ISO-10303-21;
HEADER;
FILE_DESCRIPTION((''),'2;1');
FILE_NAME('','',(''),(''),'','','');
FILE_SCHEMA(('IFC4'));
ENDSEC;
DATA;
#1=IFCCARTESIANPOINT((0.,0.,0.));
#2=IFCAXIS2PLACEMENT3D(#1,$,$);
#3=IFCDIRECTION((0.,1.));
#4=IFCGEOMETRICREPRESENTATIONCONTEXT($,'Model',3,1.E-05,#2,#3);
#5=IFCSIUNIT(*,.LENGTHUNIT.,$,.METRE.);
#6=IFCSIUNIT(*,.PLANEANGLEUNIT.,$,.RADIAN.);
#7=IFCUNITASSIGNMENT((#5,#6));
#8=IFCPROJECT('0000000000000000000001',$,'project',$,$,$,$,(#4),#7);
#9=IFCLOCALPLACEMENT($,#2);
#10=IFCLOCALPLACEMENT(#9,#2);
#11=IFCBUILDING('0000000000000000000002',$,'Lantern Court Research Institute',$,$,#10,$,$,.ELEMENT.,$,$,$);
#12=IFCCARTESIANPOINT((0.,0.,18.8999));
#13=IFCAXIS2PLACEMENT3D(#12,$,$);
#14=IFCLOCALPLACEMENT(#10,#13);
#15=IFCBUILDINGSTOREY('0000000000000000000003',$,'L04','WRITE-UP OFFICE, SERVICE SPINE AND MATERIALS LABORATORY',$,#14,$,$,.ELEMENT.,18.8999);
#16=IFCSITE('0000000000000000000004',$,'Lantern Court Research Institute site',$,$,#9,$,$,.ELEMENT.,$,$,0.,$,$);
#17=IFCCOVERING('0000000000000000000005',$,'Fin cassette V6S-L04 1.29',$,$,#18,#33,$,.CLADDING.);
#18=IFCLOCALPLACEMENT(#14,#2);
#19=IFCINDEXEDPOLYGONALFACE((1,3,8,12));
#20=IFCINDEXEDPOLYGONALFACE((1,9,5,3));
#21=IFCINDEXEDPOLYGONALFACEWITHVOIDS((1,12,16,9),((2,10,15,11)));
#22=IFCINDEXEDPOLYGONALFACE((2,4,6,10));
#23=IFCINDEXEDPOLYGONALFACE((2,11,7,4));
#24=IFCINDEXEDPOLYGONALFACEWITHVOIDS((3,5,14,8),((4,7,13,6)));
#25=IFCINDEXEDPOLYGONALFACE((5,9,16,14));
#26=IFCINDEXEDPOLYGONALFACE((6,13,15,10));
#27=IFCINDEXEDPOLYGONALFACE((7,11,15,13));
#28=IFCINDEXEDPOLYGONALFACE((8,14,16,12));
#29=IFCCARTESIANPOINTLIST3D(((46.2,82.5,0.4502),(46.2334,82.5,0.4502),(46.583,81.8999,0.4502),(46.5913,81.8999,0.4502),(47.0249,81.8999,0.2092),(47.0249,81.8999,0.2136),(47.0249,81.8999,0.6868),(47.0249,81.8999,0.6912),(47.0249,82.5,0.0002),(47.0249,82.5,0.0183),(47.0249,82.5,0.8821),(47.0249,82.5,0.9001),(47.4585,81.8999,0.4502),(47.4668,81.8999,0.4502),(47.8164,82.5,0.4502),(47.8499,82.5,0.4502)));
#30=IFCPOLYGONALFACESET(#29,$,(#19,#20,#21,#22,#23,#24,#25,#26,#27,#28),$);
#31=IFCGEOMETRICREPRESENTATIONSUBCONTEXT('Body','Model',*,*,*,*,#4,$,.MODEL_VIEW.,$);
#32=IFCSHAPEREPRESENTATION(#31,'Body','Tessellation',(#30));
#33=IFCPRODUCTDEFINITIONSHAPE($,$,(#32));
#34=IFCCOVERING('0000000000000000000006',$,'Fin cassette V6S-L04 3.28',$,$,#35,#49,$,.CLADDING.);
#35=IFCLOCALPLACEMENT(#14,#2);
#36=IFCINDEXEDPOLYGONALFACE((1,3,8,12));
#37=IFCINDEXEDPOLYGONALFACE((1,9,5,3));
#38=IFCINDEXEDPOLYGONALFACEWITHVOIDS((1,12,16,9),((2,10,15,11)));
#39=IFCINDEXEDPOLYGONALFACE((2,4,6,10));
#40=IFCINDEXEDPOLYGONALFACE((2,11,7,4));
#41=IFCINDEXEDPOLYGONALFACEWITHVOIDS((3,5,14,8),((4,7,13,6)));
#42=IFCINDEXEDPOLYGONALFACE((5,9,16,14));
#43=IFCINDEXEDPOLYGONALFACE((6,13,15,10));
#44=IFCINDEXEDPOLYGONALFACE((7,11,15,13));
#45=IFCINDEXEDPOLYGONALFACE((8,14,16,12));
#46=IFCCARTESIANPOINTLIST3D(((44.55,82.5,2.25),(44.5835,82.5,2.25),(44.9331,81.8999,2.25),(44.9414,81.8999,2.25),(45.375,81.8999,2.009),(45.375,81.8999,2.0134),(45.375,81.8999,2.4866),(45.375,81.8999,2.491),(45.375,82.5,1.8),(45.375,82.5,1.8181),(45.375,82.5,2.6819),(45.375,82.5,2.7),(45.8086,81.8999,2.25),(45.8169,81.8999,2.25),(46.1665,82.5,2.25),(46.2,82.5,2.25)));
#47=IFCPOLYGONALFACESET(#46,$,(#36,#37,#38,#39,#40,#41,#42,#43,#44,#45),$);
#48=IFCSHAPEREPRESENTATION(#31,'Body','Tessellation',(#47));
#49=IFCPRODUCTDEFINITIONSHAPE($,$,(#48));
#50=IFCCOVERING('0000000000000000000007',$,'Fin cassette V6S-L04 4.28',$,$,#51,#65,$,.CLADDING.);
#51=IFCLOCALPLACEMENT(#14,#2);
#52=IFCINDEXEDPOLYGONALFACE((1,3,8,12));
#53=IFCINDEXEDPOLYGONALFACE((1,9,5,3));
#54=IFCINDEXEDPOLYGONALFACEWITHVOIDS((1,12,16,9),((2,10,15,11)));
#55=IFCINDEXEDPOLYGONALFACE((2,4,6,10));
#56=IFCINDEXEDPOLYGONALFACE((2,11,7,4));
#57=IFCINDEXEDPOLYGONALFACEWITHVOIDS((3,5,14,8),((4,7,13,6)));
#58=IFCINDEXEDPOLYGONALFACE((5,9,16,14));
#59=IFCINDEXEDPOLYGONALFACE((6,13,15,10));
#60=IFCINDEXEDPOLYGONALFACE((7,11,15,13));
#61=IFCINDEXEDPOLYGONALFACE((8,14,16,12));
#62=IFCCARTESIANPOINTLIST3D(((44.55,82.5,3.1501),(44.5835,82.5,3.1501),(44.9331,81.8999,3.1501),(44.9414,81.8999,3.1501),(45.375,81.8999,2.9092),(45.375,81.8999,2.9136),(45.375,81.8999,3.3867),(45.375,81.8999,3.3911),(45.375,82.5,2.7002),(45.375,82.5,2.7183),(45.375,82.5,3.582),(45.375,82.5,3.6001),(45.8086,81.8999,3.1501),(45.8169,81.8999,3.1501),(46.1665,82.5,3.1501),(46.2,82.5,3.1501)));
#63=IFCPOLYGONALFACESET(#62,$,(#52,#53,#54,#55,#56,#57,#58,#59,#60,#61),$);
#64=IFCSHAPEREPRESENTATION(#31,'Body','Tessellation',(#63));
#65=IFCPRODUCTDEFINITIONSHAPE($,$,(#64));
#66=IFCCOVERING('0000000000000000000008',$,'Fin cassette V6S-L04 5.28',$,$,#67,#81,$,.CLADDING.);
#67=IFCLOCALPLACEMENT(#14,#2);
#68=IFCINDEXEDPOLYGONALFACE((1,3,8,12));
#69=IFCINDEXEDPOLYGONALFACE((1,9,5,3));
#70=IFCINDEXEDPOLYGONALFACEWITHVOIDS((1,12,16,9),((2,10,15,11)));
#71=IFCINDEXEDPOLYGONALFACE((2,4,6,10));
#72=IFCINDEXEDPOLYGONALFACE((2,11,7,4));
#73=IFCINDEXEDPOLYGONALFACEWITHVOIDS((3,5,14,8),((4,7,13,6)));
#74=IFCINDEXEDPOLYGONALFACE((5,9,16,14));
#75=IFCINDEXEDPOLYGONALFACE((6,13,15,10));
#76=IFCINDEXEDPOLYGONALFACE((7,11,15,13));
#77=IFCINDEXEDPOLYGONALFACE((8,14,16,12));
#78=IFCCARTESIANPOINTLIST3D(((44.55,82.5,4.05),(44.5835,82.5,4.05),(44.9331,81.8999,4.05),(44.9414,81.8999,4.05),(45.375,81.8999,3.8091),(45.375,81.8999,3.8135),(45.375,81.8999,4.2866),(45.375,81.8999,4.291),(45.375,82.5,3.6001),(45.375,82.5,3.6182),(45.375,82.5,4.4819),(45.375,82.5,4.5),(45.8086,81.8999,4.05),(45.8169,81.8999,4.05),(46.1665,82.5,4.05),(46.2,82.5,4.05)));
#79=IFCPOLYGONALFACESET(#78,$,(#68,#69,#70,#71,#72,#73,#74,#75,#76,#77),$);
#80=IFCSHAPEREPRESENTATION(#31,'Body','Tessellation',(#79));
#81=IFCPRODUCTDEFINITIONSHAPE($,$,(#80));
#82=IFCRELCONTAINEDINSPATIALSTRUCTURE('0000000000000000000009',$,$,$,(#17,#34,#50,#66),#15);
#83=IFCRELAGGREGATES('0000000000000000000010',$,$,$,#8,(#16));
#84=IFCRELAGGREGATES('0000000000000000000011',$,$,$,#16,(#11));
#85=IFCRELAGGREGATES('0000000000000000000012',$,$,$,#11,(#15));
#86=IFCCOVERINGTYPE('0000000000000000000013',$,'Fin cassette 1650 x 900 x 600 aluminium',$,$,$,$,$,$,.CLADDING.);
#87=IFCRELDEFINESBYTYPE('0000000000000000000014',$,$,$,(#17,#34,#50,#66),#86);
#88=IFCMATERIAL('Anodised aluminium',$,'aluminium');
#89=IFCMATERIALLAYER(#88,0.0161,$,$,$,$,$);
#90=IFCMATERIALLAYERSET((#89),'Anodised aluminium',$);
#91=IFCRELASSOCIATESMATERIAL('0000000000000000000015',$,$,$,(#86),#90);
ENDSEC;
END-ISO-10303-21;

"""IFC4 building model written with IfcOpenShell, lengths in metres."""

from ifc_helpers import new_model, entity, si_unit, direction, frame, origin, place, context, subcontext, project, spatial, material, layer, layer_set, type_object, element, save


model = new_model("IFC4")

# Units and contexts
model_context = context("Model", 3, precision=1e-05, world=origin(), true_north=direction((0.0, 1.0)))
body_context = subcontext(model_context, "Body", "Model", "MODEL_VIEW")
ifc_project = project(units=[si_unit("LENGTHUNIT", "METRE"), si_unit("PLANEANGLEUNIT", "RADIAN")], contexts=[model_context])

# Site, building, storey
site_placement = place(None, origin())
site = spatial("IfcSite", under=ifc_project, at=site_placement, Name="Lantern Court Research Institute site", CompositionType="ELEMENT", RefElevation=0.0)
building_placement = place(site_placement, origin())
building = spatial("IfcBuilding", under=site, at=building_placement, Name="Lantern Court Research Institute", CompositionType="ELEMENT")
storey_placement = place(building_placement, frame((0.0, 0.0, 18.8999)))
storey = spatial("IfcBuildingStorey", under=building, at=storey_placement, Name="L04", Description="WRITE-UP OFFICE, SERVICE SPINE AND MATERIALS LABORATORY", CompositionType="ELEMENT", Elevation=18.8999)

# Coverings
ifc_material_1 = material(Name="Anodised aluminium", Category="aluminium")
ifc_layer_1 = layer(ifc_material_1, 0.0161)
ifc_layer_set_1 = layer_set([ifc_layer_1], Name="Anodised aluminium")
covering_type = type_object("IfcCoveringType", Name="Fin cassette 1650 x 900 x 600 aluminium", PredefinedType="CLADDING", material=ifc_layer_set_1)
covering_1_placement = place(storey_placement, frame((47.0249, 82.5, 0.4502), z_axis=(0.0, -1.0, 0.0), x_axis=(1.0, 0.0, 0.0)))
cartesian_point_1 = entity("IfcCartesianPoint", [0.825, 0.0])
cartesian_point_2 = entity("IfcCartesianPoint", [0.7915, 0.0])
cartesian_point_3 = entity("IfcCartesianPoint", [0.4419, 0.0])
cartesian_point_4 = entity("IfcCartesianPoint", [0.4336, 0.0])
element("IfcCovering", 1, at=covering_1_placement, inside=storey, type_object=covering_type, Name="Fin cassette V6S-L04 1.29", PredefinedType="CLADDING", context=body_context, shape_type="SweptSolid", body=[
    entity("IfcExtrudedAreaSolidTapered", entity("IfcArbitraryProfileDefWithVoids", "AREA", None, entity("IfcPolyline", [cartesian_point_1, entity("IfcCartesianPoint", [0.0, 0.45]), entity("IfcCartesianPoint", [-0.825, 0.0]), entity("IfcCartesianPoint", [0.0, -0.45]), cartesian_point_1]), [entity("IfcPolyline", [cartesian_point_2, entity("IfcCartesianPoint", [0.0, 0.4319]), entity("IfcCartesianPoint", [-0.7915, 0.0]), entity("IfcCartesianPoint", [0.0, -0.4319]), cartesian_point_2])]), entity("IfcAxis2Placement3D", entity("IfcCartesianPoint", [0.0, 0.0, 0.0])), entity("IfcDirection", [0.0, 0.0, 1.0]), 0.6001, entity("IfcArbitraryProfileDefWithVoids", "AREA", None, entity("IfcPolyline", [cartesian_point_3, entity("IfcCartesianPoint", [0.0, 0.241]), entity("IfcCartesianPoint", [-0.4419, 0.0]), entity("IfcCartesianPoint", [0.0, -0.241]), cartesian_point_3]), [entity("IfcPolyline", [cartesian_point_4, entity("IfcCartesianPoint", [0.0, 0.2366]), entity("IfcCartesianPoint", [-0.4336, 0.0]), entity("IfcCartesianPoint", [0.0, -0.2366]), cartesian_point_4])])),
])
covering_2_placement = place(storey_placement, frame((45.375, 82.5, 2.25), z_axis=(0.0, -1.0, 0.0), x_axis=(1.0, 0.0, 0.0)))
cartesian_point_5 = entity("IfcCartesianPoint", [0.825, 0.0])
cartesian_point_6 = entity("IfcCartesianPoint", [0.7915, 0.0])
cartesian_point_7 = entity("IfcCartesianPoint", [0.4419, 0.0])
cartesian_point_8 = entity("IfcCartesianPoint", [0.4336, 0.0])
element("IfcCovering", 2, at=covering_2_placement, inside=storey, type_object=covering_type, Name="Fin cassette V6S-L04 3.28", PredefinedType="CLADDING", context=body_context, shape_type="SweptSolid", body=[
    entity("IfcExtrudedAreaSolidTapered", entity("IfcArbitraryProfileDefWithVoids", "AREA", None, entity("IfcPolyline", [cartesian_point_5, entity("IfcCartesianPoint", [0.0, 0.45]), entity("IfcCartesianPoint", [-0.825, 0.0]), entity("IfcCartesianPoint", [0.0, -0.45]), cartesian_point_5]), [entity("IfcPolyline", [cartesian_point_6, entity("IfcCartesianPoint", [0.0, 0.4319]), entity("IfcCartesianPoint", [-0.7915, 0.0]), entity("IfcCartesianPoint", [0.0, -0.4319]), cartesian_point_6])]), entity("IfcAxis2Placement3D", entity("IfcCartesianPoint", [0.0, 0.0, 0.0])), entity("IfcDirection", [0.0, 0.0, 1.0]), 0.6001, entity("IfcArbitraryProfileDefWithVoids", "AREA", None, entity("IfcPolyline", [cartesian_point_7, entity("IfcCartesianPoint", [0.0, 0.241]), entity("IfcCartesianPoint", [-0.4419, 0.0]), entity("IfcCartesianPoint", [0.0, -0.241]), cartesian_point_7]), [entity("IfcPolyline", [cartesian_point_8, entity("IfcCartesianPoint", [0.0, 0.2366]), entity("IfcCartesianPoint", [-0.4336, 0.0]), entity("IfcCartesianPoint", [0.0, -0.2366]), cartesian_point_8])])),
])
covering_3_placement = place(storey_placement, frame((45.375, 82.5, 3.1501), z_axis=(0.0, -1.0, 0.0), x_axis=(1.0, 0.0, 0.0)))
cartesian_point_9 = entity("IfcCartesianPoint", [0.825, 0.0])
cartesian_point_10 = entity("IfcCartesianPoint", [0.7915, 0.0])
cartesian_point_11 = entity("IfcCartesianPoint", [0.4419, 0.0])
cartesian_point_12 = entity("IfcCartesianPoint", [0.4336, 0.0])
element("IfcCovering", 3, at=covering_3_placement, inside=storey, type_object=covering_type, Name="Fin cassette V6S-L04 4.28", PredefinedType="CLADDING", context=body_context, shape_type="SweptSolid", body=[
    entity("IfcExtrudedAreaSolidTapered", entity("IfcArbitraryProfileDefWithVoids", "AREA", None, entity("IfcPolyline", [cartesian_point_9, entity("IfcCartesianPoint", [0.0, 0.45]), entity("IfcCartesianPoint", [-0.825, 0.0]), entity("IfcCartesianPoint", [0.0, -0.45]), cartesian_point_9]), [entity("IfcPolyline", [cartesian_point_10, entity("IfcCartesianPoint", [0.0, 0.4319]), entity("IfcCartesianPoint", [-0.7915, 0.0]), entity("IfcCartesianPoint", [0.0, -0.4319]), cartesian_point_10])]), entity("IfcAxis2Placement3D", entity("IfcCartesianPoint", [0.0, 0.0, 0.0])), entity("IfcDirection", [0.0, 0.0, 1.0]), 0.6001, entity("IfcArbitraryProfileDefWithVoids", "AREA", None, entity("IfcPolyline", [cartesian_point_11, entity("IfcCartesianPoint", [0.0, 0.241]), entity("IfcCartesianPoint", [-0.4419, 0.0]), entity("IfcCartesianPoint", [0.0, -0.241]), cartesian_point_11]), [entity("IfcPolyline", [cartesian_point_12, entity("IfcCartesianPoint", [0.0, 0.2366]), entity("IfcCartesianPoint", [-0.4336, 0.0]), entity("IfcCartesianPoint", [0.0, -0.2366]), cartesian_point_12])])),
])
covering_4_placement = place(storey_placement, frame((45.375, 82.5, 4.05), z_axis=(0.0, -1.0, 0.0), x_axis=(1.0, 0.0, 0.0)))
cartesian_point_13 = entity("IfcCartesianPoint", [0.825, 0.0])
cartesian_point_14 = entity("IfcCartesianPoint", [0.7915, 0.0])
cartesian_point_15 = entity("IfcCartesianPoint", [0.4419, 0.0])
cartesian_point_16 = entity("IfcCartesianPoint", [0.4336, 0.0])
element("IfcCovering", 4, at=covering_4_placement, inside=storey, type_object=covering_type, Name="Fin cassette V6S-L04 5.28", PredefinedType="CLADDING", context=body_context, shape_type="SweptSolid", body=[
    entity("IfcExtrudedAreaSolidTapered", entity("IfcArbitraryProfileDefWithVoids", "AREA", None, entity("IfcPolyline", [cartesian_point_13, entity("IfcCartesianPoint", [0.0, 0.45]), entity("IfcCartesianPoint", [-0.825, 0.0]), entity("IfcCartesianPoint", [0.0, -0.45]), cartesian_point_13]), [entity("IfcPolyline", [cartesian_point_14, entity("IfcCartesianPoint", [0.0, 0.4319]), entity("IfcCartesianPoint", [-0.7915, 0.0]), entity("IfcCartesianPoint", [0.0, -0.4319]), cartesian_point_14])]), entity("IfcAxis2Placement3D", entity("IfcCartesianPoint", [0.0, 0.0, 0.0])), entity("IfcDirection", [0.0, 0.0, 1.0]), 0.6001, entity("IfcArbitraryProfileDefWithVoids", "AREA", None, entity("IfcPolyline", [cartesian_point_15, entity("IfcCartesianPoint", [0.0, 0.241]), entity("IfcCartesianPoint", [-0.4419, 0.0]), entity("IfcCartesianPoint", [0.0, -0.241]), cartesian_point_15]), [entity("IfcPolyline", [cartesian_point_16, entity("IfcCartesianPoint", [0.0, 0.2366]), entity("IfcCartesianPoint", [-0.4336, 0.0]), entity("IfcCartesianPoint", [0.0, -0.2366]), cartesian_point_16])])),
])

save(model, "model.ifc")
